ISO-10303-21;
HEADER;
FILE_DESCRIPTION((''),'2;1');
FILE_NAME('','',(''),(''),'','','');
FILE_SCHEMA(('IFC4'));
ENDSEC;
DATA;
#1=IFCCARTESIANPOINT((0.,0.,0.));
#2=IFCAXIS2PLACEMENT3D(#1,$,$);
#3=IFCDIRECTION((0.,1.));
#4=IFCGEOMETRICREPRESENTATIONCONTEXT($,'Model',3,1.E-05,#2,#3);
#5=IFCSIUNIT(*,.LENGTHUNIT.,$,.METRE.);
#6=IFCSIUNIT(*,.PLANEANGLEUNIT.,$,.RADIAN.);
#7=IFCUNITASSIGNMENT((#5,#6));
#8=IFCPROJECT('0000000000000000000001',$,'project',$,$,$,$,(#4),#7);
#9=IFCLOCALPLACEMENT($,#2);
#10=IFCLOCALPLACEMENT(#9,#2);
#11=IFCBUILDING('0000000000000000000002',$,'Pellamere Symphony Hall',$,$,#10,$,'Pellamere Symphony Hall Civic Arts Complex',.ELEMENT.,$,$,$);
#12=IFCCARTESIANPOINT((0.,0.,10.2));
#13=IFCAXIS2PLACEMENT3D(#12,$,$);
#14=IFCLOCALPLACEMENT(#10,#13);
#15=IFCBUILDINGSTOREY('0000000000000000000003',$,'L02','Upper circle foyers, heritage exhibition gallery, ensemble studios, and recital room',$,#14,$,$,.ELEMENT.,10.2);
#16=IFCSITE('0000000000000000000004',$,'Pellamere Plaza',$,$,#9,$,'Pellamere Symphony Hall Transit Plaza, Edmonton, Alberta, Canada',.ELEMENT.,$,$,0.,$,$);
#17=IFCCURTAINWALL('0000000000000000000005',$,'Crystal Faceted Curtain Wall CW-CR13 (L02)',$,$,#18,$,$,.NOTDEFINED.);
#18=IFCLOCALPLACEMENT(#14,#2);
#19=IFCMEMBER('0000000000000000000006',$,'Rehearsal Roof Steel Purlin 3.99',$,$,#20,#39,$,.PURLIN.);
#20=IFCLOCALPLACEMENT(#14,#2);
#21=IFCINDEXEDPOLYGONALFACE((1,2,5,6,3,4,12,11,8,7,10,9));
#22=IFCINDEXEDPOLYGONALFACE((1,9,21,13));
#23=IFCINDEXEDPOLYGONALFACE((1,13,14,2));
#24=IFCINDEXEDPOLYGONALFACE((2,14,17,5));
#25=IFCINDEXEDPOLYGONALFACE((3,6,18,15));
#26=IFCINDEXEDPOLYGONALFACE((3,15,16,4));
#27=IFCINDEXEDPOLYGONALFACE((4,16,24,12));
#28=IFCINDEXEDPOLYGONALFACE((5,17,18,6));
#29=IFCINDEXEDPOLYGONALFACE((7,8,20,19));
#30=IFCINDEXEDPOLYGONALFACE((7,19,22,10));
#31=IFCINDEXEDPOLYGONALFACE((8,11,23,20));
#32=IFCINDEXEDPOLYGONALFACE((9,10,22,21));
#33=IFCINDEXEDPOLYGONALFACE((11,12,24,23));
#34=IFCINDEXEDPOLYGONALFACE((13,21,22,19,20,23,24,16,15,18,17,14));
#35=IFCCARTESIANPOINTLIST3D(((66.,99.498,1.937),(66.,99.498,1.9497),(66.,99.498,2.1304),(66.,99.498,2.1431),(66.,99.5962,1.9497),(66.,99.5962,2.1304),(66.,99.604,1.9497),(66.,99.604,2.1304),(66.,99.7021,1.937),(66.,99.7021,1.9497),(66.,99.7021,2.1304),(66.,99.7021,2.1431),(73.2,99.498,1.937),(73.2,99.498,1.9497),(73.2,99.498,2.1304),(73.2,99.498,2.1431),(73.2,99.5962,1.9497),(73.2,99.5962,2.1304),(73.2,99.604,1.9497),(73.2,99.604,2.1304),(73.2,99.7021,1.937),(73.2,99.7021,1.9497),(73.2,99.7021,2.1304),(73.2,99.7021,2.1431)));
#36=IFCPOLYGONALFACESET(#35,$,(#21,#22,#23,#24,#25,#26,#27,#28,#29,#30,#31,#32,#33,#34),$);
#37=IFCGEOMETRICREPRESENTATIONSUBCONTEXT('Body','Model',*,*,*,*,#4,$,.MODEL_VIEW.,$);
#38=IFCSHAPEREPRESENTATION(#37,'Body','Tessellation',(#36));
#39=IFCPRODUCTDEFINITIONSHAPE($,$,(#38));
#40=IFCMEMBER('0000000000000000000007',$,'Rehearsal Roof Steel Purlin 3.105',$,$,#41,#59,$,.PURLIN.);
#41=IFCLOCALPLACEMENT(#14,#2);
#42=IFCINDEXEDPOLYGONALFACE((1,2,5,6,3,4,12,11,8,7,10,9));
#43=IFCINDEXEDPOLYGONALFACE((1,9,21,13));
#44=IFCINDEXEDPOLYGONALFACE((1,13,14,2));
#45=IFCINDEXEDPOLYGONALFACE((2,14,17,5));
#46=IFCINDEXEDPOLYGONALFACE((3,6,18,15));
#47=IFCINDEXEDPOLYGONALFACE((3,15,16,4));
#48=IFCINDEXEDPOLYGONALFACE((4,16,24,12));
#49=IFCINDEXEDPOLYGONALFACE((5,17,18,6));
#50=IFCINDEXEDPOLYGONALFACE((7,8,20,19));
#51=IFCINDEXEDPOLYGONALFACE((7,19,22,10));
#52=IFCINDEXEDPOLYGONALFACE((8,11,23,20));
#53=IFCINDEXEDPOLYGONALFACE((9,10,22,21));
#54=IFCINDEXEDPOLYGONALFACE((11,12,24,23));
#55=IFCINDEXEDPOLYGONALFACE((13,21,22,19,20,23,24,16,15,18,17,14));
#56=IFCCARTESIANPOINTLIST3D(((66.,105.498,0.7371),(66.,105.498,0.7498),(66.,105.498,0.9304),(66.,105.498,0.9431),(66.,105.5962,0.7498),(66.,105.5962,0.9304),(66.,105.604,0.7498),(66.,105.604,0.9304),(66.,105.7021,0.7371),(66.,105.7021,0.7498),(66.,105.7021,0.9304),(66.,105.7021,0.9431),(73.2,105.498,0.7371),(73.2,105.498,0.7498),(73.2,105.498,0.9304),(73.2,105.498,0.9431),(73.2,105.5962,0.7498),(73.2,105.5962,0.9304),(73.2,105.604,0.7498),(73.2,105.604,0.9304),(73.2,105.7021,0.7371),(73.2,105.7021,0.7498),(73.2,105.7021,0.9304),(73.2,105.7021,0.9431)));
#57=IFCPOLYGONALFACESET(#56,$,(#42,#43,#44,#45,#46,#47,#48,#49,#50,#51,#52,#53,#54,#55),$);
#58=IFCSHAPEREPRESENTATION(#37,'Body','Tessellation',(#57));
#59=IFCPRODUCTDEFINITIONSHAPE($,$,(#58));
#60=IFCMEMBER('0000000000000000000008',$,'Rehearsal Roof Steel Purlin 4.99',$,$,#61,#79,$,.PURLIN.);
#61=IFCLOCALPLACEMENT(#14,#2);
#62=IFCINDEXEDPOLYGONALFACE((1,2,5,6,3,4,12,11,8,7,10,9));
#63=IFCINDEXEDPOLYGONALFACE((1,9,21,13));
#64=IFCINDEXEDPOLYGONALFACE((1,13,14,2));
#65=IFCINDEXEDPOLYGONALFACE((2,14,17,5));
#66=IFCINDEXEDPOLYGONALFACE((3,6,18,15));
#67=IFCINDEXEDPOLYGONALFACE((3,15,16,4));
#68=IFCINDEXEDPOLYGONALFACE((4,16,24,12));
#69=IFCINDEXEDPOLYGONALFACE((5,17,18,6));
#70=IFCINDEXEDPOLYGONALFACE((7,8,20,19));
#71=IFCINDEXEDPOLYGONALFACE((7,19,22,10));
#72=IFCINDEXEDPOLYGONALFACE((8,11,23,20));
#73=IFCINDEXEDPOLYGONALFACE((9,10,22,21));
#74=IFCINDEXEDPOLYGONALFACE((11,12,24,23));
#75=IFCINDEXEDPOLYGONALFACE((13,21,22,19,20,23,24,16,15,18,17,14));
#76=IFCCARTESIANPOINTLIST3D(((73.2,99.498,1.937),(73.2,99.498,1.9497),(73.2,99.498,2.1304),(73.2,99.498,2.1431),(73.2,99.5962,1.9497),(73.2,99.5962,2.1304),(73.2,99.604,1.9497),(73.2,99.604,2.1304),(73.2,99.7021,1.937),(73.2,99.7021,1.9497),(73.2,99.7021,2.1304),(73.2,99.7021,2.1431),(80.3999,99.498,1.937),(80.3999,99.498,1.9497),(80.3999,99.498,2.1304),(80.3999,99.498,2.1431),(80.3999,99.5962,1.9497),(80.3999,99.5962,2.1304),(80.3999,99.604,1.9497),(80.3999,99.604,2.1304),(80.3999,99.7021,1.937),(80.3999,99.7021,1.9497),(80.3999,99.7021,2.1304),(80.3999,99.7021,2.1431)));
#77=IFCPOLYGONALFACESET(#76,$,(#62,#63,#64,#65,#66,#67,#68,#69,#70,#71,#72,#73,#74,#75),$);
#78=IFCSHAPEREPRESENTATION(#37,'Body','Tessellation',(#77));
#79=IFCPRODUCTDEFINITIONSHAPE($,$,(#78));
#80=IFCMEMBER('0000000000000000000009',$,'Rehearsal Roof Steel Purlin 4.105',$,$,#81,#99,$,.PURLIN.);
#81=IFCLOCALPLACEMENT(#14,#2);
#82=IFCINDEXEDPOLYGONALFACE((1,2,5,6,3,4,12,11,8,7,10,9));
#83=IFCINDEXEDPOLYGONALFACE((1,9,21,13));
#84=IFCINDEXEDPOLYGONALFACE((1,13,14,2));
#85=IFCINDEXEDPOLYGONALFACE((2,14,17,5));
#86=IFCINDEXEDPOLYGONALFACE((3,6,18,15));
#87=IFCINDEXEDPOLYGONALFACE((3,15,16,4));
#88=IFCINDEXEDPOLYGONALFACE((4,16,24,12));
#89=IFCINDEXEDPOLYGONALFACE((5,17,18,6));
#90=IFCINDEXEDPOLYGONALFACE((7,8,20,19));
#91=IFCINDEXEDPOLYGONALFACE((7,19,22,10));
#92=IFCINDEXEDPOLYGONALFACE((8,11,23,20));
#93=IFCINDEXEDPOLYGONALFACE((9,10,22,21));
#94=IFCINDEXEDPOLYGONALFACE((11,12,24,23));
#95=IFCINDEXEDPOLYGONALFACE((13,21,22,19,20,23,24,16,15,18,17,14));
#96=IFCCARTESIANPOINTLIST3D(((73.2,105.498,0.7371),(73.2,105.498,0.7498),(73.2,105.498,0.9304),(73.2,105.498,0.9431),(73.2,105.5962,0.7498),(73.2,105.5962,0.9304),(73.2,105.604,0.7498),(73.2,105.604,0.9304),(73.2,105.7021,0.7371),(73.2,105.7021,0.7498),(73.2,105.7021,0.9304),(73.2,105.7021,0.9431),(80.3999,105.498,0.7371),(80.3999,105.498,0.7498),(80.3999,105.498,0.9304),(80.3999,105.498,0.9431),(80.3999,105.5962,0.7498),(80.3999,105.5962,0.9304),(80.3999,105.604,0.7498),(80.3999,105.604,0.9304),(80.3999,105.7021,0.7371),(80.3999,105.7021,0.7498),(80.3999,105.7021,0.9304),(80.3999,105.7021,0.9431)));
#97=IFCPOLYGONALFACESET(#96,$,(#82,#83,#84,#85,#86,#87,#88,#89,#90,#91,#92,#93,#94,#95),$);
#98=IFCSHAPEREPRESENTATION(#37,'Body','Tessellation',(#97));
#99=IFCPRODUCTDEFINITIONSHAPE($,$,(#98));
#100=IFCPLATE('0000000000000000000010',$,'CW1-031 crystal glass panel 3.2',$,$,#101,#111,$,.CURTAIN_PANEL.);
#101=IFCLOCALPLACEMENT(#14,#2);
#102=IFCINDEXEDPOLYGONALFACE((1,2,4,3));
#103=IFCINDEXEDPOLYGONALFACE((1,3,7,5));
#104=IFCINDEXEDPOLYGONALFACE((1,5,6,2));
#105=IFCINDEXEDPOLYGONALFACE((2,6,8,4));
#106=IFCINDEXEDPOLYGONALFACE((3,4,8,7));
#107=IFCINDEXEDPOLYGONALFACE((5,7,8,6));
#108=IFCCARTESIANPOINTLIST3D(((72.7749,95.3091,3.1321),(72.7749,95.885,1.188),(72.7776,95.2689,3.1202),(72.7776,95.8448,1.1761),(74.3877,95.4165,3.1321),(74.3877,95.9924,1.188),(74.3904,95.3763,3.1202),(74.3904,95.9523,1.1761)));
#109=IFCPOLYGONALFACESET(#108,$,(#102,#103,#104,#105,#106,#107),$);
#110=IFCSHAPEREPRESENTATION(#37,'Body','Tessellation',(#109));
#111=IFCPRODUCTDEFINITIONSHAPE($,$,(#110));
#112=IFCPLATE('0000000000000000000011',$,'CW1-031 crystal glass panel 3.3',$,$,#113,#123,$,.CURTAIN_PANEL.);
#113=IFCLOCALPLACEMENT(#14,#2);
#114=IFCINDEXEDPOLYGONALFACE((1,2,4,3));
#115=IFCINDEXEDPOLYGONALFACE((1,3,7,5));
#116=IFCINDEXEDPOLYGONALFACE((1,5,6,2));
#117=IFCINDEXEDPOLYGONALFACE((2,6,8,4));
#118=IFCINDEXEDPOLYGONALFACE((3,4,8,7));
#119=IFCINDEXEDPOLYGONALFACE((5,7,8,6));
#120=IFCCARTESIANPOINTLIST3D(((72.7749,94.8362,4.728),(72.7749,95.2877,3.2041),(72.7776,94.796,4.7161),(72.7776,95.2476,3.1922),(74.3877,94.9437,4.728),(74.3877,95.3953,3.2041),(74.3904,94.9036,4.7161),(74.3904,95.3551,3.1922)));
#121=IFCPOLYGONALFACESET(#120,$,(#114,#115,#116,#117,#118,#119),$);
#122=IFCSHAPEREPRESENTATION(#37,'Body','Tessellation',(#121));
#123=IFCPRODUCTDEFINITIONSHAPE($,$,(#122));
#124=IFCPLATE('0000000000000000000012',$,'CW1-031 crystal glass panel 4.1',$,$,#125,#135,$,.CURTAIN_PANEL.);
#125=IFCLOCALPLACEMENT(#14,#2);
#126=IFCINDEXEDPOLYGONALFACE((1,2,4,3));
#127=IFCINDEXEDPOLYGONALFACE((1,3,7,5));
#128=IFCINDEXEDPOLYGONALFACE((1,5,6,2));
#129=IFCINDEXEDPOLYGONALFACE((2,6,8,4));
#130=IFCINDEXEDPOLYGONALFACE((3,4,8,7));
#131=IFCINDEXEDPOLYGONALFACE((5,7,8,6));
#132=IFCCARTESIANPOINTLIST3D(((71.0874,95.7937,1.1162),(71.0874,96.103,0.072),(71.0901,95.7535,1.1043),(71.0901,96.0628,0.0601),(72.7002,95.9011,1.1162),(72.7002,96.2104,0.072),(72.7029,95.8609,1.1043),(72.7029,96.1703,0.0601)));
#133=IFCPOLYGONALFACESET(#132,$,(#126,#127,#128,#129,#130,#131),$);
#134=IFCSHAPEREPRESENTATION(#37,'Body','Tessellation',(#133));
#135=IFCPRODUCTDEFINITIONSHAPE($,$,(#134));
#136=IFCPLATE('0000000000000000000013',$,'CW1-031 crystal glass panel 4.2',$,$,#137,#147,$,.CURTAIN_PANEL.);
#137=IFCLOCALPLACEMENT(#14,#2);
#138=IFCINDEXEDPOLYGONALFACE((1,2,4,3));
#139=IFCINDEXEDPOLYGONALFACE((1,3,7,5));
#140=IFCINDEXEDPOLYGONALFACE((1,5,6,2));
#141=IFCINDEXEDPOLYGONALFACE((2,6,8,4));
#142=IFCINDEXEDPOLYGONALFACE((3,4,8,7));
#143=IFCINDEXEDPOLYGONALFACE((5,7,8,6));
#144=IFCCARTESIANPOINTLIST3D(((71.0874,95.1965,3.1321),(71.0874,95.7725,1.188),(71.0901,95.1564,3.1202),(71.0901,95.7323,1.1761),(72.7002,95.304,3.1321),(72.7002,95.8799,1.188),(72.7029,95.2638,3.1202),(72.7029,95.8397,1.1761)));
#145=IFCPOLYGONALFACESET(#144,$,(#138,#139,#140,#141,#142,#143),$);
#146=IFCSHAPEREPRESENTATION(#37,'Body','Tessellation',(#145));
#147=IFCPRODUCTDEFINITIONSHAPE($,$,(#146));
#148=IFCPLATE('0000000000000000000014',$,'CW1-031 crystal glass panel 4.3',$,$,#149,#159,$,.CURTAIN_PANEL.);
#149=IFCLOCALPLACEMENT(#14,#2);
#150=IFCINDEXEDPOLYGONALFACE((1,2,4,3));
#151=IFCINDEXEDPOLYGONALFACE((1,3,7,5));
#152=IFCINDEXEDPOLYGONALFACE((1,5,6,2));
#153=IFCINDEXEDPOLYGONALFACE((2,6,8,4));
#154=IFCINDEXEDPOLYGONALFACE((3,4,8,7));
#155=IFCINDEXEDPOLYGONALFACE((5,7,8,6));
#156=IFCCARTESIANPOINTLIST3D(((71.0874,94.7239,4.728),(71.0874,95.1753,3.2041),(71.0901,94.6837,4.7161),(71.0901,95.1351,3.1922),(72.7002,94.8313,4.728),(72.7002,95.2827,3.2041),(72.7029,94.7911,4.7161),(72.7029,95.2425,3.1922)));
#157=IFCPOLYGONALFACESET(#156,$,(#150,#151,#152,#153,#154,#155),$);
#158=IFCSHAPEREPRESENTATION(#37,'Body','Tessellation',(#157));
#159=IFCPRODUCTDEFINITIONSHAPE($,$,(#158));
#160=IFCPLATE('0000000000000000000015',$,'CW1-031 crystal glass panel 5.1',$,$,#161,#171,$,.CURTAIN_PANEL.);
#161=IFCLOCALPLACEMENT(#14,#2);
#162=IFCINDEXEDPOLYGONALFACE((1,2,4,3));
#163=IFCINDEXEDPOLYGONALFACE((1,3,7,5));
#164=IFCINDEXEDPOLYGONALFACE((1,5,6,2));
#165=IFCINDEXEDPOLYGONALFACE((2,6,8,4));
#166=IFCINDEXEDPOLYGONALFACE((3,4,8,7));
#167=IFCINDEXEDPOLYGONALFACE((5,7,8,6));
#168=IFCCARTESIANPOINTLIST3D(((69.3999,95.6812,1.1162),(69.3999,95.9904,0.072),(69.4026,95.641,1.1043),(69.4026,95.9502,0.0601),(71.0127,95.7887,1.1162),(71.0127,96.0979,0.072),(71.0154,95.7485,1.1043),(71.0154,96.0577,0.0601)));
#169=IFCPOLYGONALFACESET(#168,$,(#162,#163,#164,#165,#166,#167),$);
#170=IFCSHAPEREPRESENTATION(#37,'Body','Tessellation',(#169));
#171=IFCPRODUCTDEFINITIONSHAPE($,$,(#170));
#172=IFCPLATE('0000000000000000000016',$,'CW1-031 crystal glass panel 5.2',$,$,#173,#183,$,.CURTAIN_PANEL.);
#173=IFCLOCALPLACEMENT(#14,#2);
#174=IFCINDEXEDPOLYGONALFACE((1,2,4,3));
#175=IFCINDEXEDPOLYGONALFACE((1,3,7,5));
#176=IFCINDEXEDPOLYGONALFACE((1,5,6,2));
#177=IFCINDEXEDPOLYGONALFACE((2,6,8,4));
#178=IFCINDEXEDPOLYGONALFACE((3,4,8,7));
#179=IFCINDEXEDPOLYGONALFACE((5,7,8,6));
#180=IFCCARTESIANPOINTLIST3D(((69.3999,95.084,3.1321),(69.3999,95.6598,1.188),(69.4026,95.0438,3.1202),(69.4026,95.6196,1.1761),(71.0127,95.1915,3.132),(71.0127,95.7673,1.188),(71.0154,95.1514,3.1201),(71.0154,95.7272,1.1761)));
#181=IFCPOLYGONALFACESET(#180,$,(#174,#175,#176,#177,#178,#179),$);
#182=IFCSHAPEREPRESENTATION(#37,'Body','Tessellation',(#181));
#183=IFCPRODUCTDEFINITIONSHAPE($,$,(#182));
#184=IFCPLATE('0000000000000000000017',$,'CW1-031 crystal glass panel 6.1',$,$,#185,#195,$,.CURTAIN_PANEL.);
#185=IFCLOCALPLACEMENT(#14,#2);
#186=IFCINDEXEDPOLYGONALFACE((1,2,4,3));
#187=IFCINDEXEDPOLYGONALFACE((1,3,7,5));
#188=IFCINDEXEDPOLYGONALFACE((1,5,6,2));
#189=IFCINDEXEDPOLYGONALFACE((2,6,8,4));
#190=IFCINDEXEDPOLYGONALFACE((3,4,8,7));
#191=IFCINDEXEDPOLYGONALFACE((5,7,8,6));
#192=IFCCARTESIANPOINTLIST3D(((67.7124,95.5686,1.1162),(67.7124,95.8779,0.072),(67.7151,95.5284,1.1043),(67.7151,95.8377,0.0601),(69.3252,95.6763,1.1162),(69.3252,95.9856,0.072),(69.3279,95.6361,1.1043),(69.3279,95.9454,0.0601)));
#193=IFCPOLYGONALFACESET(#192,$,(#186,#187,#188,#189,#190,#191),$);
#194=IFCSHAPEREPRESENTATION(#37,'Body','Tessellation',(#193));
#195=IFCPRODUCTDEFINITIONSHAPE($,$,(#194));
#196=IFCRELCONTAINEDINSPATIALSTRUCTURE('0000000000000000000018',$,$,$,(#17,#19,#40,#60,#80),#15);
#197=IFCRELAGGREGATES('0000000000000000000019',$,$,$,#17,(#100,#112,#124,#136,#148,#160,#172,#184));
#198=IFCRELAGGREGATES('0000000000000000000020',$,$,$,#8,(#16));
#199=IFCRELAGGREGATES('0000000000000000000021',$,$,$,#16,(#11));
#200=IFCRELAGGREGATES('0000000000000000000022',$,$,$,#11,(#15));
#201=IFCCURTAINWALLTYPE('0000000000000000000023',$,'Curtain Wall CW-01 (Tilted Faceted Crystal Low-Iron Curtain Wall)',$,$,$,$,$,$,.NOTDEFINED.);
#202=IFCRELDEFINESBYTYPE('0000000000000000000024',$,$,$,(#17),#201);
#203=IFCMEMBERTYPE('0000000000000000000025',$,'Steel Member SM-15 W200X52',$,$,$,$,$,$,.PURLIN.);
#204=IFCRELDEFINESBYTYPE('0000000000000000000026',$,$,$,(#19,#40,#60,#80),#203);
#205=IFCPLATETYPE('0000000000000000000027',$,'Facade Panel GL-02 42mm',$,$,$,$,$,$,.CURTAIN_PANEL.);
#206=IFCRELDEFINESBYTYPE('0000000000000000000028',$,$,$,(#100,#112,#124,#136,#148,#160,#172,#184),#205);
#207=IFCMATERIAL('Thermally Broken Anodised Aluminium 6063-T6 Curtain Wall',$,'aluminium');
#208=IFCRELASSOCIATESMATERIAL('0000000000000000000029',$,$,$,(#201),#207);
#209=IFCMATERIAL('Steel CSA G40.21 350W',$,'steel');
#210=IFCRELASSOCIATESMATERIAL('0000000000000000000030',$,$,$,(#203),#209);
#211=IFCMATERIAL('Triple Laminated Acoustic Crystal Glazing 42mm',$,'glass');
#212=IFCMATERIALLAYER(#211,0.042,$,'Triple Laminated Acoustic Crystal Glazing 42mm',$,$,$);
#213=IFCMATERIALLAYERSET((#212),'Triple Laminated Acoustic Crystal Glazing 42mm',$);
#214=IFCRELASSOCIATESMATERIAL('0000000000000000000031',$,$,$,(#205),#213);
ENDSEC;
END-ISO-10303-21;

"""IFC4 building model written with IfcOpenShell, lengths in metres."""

from ifc_helpers import new_model, si_unit, direction, frame, origin, origin_2d, place, context, subcontext, project, spatial, polyline, i_section, outline, extrude, material, layer, layer_set, material_profile, profile_set, type_object, element, aggregate, save


model = new_model("IFC4")

# Units and contexts
model_context = context("Model", 3, precision=1e-05, world=origin(), true_north=direction((0.0, 1.0)))
body_context = subcontext(model_context, "Body", "Model", "MODEL_VIEW")
ifc_project = project(units=[si_unit("LENGTHUNIT", "METRE"), si_unit("PLANEANGLEUNIT", "RADIAN")], contexts=[model_context])

# Site, building, storey
site_placement = place(None, origin())
site = spatial("IfcSite", under=ifc_project, at=site_placement, Name="Pellamere Plaza", LongName="Pellamere Symphony Hall Transit Plaza, Edmonton, Alberta, Canada", CompositionType="ELEMENT", RefElevation=0.0)
building_placement = place(site_placement, origin())
building = spatial("IfcBuilding", under=site, at=building_placement, Name="Pellamere Symphony Hall", LongName="Pellamere Symphony Hall Civic Arts Complex", CompositionType="ELEMENT")
storey_placement = place(building_placement, frame((0.0, 0.0, 10.2)))
storey = spatial("IfcBuildingStorey", under=building, at=storey_placement, Name="L02", Description="Upper circle foyers, heritage exhibition gallery, ensemble studios, and recital room", CompositionType="ELEMENT", Elevation=10.2)

# Curtain wall
ifc_material_1 = material(Name="Thermally Broken Anodised Aluminium 6063-T6 Curtain Wall", Category="aluminium")
curtain_wall_type = type_object("IfcCurtainWallType", Name="Curtain Wall CW-01 (Tilted Faceted Crystal Low-Iron Curtain Wall)", PredefinedType="NOTDEFINED", material=ifc_material_1)
curtain_wall_1_placement = place(storey_placement, origin())
curtain_wall_1 = element("IfcCurtainWall", 1, at=curtain_wall_1_placement, inside=storey, type_object=curtain_wall_type, Name="Crystal Faceted Curtain Wall CW-CR13 (L02)", PredefinedType="NOTDEFINED")

# Members
ifc_material_2 = material(Name="Steel CSA G40.21 350W", Category="steel")
ifc_material_profile_1 = material_profile(ifc_material_2, i_section(OverallWidth=0.2041, OverallDepth=0.2061, WebThickness=0.0078, FlangeThickness=0.0127, at=origin_2d()), Name="W200X52")
ifc_profile_set_1 = profile_set([ifc_material_profile_1], Name="Steel CSA G40.21 350W")
member_type_1 = type_object("IfcMemberType", Name="Steel Member SM-15 W200X52", PredefinedType="PURLIN", material=ifc_profile_set_1)
for number, where, z_axis, x_axis, name in (
    (2, (66.0, 99.6001, 2.04), (1.0, 0.0, 0.0), (0.0, 1.0, 0.0), "Rehearsal Roof Steel Purlin 3.99"),
    (3, (66.0, 105.6001, 0.8401), (1.0, 0.0, 0.0), (0.0, 1.0, 0.0), "Rehearsal Roof Steel Purlin 3.105"),
    (4, (73.2, 99.6001, 2.04), (1.0, 0.0, 0.0), (0.0, 1.0, 0.0), "Rehearsal Roof Steel Purlin 4.99"),
    (5, (73.2, 105.6001, 0.8401), (1.0, 0.0, 0.0), (0.0, 1.0, 0.0), "Rehearsal Roof Steel Purlin 4.105"),
):
    element("IfcMember", number, at=place(storey_placement, frame(where, z_axis=z_axis, x_axis=x_axis)), inside=storey, type_object=member_type_1, Name=name, PredefinedType="PURLIN", context=body_context, shape_type="SweptSolid", body=[
        extrude(i_section(OverallWidth=0.2041, OverallDepth=0.2061, WebThickness=0.0078, FlangeThickness=0.0127, at=origin_2d()), origin(), (0.0, 0.0, 1.0), 7.2),
    ])

# Plates
ifc_material_3 = material(Name="Triple Laminated Acoustic Crystal Glazing 42mm", Category="glass")
ifc_layer = layer(ifc_material_3, 0.042, Name="Triple Laminated Acoustic Crystal Glazing 42mm")
ifc_layer_set = layer_set([ifc_layer], Name="Triple Laminated Acoustic Crystal Glazing 42mm")
plate_type = type_object("IfcPlateType", Name="Facade Panel GL-02 42mm", PredefinedType="CURTAIN_PANEL", material=ifc_layer_set)
plate_1_placement = place(storey_placement, frame((74.3877, 95.9924, 1.188), z_axis=(-0.063733, 0.956862, 0.283466), x_axis=(-0.997789, -0.066459, 0.0)))
plate_1 = element("IfcPlate", 6, at=plate_1_placement, type_object=plate_type, Name="CW1-031 crystal glass panel 3.2", PredefinedType="CURTAIN_PANEL", context=body_context, shape_type="SweptSolid", body=[
    extrude(outline(polyline([(0.0, 0.0), (1.6164, 0.0), (1.6546, 2.0272), (0.0383, 2.0272), (0.0, 0.0)])), origin(), (0.0, 0.0, -1.0), 0.042),
])
plate_2_placement = place(storey_placement, frame((74.3877, 95.3953, 3.2041), z_axis=(-0.063804, 0.956844, 0.283512), x_axis=(-0.997785, -0.066528, -0.00002)))
plate_2 = element("IfcPlate", 7, at=plate_2_placement, type_object=plate_type, Name="CW1-031 crystal glass panel 3.3", PredefinedType="CURTAIN_PANEL", context=body_context, shape_type="SweptSolid", body=[
    extrude(outline(polyline([(0.0, 0.0), (1.6164, 0.0), (1.6464, 1.5892), (0.03, 1.5891), (0.0, 0.0)])), origin(), (0.0, 0.0, -1.0), 0.042),
])
plate_3_placement = place(storey_placement, frame((72.7002, 96.2104, 0.072), z_axis=(-0.063733, 0.956865, 0.283457), x_axis=(-0.997789, -0.066459, 0.0)))
plate_3 = element("IfcPlate", 8, at=plate_3_placement, type_object=plate_type, Name="CW1-031 crystal glass panel 4.1", PredefinedType="CURTAIN_PANEL", context=body_context, shape_type="SweptSolid", body=[
    extrude(outline(polyline([(0.0, 0.0), (1.6164, 0.0), (1.6369, 1.0888), (0.0206, 1.0888), (0.0, 0.0)])), origin(), (0.0, 0.0, -1.0), 0.042),
])
plate_4_placement = place(storey_placement, frame((72.7002, 95.8799, 1.188), z_axis=(-0.063733, 0.956862, 0.283466), x_axis=(-0.997789, -0.066459, 0.0)))
plate_4 = element("IfcPlate", 9, at=plate_4_placement, type_object=plate_type, Name="CW1-031 crystal glass panel 4.2", PredefinedType="CURTAIN_PANEL", context=body_context, shape_type="SweptSolid", body=[
    extrude(outline(polyline([(0.0, 0.0), (1.6164, 0.0), (1.6546, 2.0272), (0.0383, 2.0272), (0.0, 0.0)])), origin(), (0.0, 0.0, -1.0), 0.042),
])
plate_5_placement = place(storey_placement, frame((72.7002, 95.2827, 3.2041), z_axis=(-0.063733, 0.956869, 0.283443), x_axis=(-0.997789, -0.066459, 0.0)))
plate_5 = element("IfcPlate", 10, at=plate_5_placement, type_object=plate_type, Name="CW1-031 crystal glass panel 4.3", PredefinedType="CURTAIN_PANEL", context=body_context, shape_type="SweptSolid", body=[
    extrude(outline(polyline([(0.0, 0.0), (1.6164, 0.0), (1.6464, 1.5891), (0.03, 1.5891), (0.0, 0.0)])), origin(), (0.0, 0.0, -1.0), 0.042),
])
plate_6_placement = place(storey_placement, frame((71.0127, 96.0979, 0.072), z_axis=(-0.063807, 0.956891, 0.283353), x_axis=(-0.997785, -0.066528, -0.00002)))
plate_6 = element("IfcPlate", 11, at=plate_6_placement, type_object=plate_type, Name="CW1-031 crystal glass panel 5.1", PredefinedType="CURTAIN_PANEL", context=body_context, shape_type="SweptSolid", body=[
    extrude(outline(polyline([(0.0, 0.0), (1.6164, 0.0), (1.6369, 1.0888), (0.0205, 1.0888), (0.0, 0.0)])), origin(), (0.0, 0.0, -1.0), 0.042),
])
plate_7_placement = place(storey_placement, frame((71.0127, 95.7673, 1.188), z_axis=(-0.063806, 0.956874, 0.283409), x_axis=(-0.997785, -0.066528, -0.00002)))
plate_7 = element("IfcPlate", 12, at=plate_7_placement, type_object=plate_type, Name="CW1-031 crystal glass panel 5.2", PredefinedType="CURTAIN_PANEL", context=body_context, shape_type="SweptSolid", body=[
    extrude(outline(polyline([(0.0, 0.0), (1.6164, 0.0), (1.6546, 2.0272), (0.0383, 2.0272), (0.0, 0.0)])), origin(), (0.0, 0.0, -1.0), 0.042),
])
plate_8_placement = place(storey_placement, frame((69.3252, 95.9856, 0.072), z_axis=(-0.063877, 0.956856, 0.283455), x_axis=(-0.997779, -0.066609, 0.0)))
plate_8 = element("IfcPlate", 13, at=plate_8_placement, type_object=plate_type, Name="CW1-031 crystal glass panel 6.1", PredefinedType="CURTAIN_PANEL", context=body_context, shape_type="SweptSolid", body=[
    extrude(outline(polyline([(0.0, 0.0), (1.6164, 0.0), (1.637, 1.0888), (0.0206, 1.0888), (0.0, 0.0)])), origin(), (0.0, 0.0, -1.0), 0.042),
])
aggregate(curtain_wall_1, [plate_1, plate_2, plate_3, plate_4, plate_5, plate_6, plate_7, plate_8])

save(model, "model.ifc")
